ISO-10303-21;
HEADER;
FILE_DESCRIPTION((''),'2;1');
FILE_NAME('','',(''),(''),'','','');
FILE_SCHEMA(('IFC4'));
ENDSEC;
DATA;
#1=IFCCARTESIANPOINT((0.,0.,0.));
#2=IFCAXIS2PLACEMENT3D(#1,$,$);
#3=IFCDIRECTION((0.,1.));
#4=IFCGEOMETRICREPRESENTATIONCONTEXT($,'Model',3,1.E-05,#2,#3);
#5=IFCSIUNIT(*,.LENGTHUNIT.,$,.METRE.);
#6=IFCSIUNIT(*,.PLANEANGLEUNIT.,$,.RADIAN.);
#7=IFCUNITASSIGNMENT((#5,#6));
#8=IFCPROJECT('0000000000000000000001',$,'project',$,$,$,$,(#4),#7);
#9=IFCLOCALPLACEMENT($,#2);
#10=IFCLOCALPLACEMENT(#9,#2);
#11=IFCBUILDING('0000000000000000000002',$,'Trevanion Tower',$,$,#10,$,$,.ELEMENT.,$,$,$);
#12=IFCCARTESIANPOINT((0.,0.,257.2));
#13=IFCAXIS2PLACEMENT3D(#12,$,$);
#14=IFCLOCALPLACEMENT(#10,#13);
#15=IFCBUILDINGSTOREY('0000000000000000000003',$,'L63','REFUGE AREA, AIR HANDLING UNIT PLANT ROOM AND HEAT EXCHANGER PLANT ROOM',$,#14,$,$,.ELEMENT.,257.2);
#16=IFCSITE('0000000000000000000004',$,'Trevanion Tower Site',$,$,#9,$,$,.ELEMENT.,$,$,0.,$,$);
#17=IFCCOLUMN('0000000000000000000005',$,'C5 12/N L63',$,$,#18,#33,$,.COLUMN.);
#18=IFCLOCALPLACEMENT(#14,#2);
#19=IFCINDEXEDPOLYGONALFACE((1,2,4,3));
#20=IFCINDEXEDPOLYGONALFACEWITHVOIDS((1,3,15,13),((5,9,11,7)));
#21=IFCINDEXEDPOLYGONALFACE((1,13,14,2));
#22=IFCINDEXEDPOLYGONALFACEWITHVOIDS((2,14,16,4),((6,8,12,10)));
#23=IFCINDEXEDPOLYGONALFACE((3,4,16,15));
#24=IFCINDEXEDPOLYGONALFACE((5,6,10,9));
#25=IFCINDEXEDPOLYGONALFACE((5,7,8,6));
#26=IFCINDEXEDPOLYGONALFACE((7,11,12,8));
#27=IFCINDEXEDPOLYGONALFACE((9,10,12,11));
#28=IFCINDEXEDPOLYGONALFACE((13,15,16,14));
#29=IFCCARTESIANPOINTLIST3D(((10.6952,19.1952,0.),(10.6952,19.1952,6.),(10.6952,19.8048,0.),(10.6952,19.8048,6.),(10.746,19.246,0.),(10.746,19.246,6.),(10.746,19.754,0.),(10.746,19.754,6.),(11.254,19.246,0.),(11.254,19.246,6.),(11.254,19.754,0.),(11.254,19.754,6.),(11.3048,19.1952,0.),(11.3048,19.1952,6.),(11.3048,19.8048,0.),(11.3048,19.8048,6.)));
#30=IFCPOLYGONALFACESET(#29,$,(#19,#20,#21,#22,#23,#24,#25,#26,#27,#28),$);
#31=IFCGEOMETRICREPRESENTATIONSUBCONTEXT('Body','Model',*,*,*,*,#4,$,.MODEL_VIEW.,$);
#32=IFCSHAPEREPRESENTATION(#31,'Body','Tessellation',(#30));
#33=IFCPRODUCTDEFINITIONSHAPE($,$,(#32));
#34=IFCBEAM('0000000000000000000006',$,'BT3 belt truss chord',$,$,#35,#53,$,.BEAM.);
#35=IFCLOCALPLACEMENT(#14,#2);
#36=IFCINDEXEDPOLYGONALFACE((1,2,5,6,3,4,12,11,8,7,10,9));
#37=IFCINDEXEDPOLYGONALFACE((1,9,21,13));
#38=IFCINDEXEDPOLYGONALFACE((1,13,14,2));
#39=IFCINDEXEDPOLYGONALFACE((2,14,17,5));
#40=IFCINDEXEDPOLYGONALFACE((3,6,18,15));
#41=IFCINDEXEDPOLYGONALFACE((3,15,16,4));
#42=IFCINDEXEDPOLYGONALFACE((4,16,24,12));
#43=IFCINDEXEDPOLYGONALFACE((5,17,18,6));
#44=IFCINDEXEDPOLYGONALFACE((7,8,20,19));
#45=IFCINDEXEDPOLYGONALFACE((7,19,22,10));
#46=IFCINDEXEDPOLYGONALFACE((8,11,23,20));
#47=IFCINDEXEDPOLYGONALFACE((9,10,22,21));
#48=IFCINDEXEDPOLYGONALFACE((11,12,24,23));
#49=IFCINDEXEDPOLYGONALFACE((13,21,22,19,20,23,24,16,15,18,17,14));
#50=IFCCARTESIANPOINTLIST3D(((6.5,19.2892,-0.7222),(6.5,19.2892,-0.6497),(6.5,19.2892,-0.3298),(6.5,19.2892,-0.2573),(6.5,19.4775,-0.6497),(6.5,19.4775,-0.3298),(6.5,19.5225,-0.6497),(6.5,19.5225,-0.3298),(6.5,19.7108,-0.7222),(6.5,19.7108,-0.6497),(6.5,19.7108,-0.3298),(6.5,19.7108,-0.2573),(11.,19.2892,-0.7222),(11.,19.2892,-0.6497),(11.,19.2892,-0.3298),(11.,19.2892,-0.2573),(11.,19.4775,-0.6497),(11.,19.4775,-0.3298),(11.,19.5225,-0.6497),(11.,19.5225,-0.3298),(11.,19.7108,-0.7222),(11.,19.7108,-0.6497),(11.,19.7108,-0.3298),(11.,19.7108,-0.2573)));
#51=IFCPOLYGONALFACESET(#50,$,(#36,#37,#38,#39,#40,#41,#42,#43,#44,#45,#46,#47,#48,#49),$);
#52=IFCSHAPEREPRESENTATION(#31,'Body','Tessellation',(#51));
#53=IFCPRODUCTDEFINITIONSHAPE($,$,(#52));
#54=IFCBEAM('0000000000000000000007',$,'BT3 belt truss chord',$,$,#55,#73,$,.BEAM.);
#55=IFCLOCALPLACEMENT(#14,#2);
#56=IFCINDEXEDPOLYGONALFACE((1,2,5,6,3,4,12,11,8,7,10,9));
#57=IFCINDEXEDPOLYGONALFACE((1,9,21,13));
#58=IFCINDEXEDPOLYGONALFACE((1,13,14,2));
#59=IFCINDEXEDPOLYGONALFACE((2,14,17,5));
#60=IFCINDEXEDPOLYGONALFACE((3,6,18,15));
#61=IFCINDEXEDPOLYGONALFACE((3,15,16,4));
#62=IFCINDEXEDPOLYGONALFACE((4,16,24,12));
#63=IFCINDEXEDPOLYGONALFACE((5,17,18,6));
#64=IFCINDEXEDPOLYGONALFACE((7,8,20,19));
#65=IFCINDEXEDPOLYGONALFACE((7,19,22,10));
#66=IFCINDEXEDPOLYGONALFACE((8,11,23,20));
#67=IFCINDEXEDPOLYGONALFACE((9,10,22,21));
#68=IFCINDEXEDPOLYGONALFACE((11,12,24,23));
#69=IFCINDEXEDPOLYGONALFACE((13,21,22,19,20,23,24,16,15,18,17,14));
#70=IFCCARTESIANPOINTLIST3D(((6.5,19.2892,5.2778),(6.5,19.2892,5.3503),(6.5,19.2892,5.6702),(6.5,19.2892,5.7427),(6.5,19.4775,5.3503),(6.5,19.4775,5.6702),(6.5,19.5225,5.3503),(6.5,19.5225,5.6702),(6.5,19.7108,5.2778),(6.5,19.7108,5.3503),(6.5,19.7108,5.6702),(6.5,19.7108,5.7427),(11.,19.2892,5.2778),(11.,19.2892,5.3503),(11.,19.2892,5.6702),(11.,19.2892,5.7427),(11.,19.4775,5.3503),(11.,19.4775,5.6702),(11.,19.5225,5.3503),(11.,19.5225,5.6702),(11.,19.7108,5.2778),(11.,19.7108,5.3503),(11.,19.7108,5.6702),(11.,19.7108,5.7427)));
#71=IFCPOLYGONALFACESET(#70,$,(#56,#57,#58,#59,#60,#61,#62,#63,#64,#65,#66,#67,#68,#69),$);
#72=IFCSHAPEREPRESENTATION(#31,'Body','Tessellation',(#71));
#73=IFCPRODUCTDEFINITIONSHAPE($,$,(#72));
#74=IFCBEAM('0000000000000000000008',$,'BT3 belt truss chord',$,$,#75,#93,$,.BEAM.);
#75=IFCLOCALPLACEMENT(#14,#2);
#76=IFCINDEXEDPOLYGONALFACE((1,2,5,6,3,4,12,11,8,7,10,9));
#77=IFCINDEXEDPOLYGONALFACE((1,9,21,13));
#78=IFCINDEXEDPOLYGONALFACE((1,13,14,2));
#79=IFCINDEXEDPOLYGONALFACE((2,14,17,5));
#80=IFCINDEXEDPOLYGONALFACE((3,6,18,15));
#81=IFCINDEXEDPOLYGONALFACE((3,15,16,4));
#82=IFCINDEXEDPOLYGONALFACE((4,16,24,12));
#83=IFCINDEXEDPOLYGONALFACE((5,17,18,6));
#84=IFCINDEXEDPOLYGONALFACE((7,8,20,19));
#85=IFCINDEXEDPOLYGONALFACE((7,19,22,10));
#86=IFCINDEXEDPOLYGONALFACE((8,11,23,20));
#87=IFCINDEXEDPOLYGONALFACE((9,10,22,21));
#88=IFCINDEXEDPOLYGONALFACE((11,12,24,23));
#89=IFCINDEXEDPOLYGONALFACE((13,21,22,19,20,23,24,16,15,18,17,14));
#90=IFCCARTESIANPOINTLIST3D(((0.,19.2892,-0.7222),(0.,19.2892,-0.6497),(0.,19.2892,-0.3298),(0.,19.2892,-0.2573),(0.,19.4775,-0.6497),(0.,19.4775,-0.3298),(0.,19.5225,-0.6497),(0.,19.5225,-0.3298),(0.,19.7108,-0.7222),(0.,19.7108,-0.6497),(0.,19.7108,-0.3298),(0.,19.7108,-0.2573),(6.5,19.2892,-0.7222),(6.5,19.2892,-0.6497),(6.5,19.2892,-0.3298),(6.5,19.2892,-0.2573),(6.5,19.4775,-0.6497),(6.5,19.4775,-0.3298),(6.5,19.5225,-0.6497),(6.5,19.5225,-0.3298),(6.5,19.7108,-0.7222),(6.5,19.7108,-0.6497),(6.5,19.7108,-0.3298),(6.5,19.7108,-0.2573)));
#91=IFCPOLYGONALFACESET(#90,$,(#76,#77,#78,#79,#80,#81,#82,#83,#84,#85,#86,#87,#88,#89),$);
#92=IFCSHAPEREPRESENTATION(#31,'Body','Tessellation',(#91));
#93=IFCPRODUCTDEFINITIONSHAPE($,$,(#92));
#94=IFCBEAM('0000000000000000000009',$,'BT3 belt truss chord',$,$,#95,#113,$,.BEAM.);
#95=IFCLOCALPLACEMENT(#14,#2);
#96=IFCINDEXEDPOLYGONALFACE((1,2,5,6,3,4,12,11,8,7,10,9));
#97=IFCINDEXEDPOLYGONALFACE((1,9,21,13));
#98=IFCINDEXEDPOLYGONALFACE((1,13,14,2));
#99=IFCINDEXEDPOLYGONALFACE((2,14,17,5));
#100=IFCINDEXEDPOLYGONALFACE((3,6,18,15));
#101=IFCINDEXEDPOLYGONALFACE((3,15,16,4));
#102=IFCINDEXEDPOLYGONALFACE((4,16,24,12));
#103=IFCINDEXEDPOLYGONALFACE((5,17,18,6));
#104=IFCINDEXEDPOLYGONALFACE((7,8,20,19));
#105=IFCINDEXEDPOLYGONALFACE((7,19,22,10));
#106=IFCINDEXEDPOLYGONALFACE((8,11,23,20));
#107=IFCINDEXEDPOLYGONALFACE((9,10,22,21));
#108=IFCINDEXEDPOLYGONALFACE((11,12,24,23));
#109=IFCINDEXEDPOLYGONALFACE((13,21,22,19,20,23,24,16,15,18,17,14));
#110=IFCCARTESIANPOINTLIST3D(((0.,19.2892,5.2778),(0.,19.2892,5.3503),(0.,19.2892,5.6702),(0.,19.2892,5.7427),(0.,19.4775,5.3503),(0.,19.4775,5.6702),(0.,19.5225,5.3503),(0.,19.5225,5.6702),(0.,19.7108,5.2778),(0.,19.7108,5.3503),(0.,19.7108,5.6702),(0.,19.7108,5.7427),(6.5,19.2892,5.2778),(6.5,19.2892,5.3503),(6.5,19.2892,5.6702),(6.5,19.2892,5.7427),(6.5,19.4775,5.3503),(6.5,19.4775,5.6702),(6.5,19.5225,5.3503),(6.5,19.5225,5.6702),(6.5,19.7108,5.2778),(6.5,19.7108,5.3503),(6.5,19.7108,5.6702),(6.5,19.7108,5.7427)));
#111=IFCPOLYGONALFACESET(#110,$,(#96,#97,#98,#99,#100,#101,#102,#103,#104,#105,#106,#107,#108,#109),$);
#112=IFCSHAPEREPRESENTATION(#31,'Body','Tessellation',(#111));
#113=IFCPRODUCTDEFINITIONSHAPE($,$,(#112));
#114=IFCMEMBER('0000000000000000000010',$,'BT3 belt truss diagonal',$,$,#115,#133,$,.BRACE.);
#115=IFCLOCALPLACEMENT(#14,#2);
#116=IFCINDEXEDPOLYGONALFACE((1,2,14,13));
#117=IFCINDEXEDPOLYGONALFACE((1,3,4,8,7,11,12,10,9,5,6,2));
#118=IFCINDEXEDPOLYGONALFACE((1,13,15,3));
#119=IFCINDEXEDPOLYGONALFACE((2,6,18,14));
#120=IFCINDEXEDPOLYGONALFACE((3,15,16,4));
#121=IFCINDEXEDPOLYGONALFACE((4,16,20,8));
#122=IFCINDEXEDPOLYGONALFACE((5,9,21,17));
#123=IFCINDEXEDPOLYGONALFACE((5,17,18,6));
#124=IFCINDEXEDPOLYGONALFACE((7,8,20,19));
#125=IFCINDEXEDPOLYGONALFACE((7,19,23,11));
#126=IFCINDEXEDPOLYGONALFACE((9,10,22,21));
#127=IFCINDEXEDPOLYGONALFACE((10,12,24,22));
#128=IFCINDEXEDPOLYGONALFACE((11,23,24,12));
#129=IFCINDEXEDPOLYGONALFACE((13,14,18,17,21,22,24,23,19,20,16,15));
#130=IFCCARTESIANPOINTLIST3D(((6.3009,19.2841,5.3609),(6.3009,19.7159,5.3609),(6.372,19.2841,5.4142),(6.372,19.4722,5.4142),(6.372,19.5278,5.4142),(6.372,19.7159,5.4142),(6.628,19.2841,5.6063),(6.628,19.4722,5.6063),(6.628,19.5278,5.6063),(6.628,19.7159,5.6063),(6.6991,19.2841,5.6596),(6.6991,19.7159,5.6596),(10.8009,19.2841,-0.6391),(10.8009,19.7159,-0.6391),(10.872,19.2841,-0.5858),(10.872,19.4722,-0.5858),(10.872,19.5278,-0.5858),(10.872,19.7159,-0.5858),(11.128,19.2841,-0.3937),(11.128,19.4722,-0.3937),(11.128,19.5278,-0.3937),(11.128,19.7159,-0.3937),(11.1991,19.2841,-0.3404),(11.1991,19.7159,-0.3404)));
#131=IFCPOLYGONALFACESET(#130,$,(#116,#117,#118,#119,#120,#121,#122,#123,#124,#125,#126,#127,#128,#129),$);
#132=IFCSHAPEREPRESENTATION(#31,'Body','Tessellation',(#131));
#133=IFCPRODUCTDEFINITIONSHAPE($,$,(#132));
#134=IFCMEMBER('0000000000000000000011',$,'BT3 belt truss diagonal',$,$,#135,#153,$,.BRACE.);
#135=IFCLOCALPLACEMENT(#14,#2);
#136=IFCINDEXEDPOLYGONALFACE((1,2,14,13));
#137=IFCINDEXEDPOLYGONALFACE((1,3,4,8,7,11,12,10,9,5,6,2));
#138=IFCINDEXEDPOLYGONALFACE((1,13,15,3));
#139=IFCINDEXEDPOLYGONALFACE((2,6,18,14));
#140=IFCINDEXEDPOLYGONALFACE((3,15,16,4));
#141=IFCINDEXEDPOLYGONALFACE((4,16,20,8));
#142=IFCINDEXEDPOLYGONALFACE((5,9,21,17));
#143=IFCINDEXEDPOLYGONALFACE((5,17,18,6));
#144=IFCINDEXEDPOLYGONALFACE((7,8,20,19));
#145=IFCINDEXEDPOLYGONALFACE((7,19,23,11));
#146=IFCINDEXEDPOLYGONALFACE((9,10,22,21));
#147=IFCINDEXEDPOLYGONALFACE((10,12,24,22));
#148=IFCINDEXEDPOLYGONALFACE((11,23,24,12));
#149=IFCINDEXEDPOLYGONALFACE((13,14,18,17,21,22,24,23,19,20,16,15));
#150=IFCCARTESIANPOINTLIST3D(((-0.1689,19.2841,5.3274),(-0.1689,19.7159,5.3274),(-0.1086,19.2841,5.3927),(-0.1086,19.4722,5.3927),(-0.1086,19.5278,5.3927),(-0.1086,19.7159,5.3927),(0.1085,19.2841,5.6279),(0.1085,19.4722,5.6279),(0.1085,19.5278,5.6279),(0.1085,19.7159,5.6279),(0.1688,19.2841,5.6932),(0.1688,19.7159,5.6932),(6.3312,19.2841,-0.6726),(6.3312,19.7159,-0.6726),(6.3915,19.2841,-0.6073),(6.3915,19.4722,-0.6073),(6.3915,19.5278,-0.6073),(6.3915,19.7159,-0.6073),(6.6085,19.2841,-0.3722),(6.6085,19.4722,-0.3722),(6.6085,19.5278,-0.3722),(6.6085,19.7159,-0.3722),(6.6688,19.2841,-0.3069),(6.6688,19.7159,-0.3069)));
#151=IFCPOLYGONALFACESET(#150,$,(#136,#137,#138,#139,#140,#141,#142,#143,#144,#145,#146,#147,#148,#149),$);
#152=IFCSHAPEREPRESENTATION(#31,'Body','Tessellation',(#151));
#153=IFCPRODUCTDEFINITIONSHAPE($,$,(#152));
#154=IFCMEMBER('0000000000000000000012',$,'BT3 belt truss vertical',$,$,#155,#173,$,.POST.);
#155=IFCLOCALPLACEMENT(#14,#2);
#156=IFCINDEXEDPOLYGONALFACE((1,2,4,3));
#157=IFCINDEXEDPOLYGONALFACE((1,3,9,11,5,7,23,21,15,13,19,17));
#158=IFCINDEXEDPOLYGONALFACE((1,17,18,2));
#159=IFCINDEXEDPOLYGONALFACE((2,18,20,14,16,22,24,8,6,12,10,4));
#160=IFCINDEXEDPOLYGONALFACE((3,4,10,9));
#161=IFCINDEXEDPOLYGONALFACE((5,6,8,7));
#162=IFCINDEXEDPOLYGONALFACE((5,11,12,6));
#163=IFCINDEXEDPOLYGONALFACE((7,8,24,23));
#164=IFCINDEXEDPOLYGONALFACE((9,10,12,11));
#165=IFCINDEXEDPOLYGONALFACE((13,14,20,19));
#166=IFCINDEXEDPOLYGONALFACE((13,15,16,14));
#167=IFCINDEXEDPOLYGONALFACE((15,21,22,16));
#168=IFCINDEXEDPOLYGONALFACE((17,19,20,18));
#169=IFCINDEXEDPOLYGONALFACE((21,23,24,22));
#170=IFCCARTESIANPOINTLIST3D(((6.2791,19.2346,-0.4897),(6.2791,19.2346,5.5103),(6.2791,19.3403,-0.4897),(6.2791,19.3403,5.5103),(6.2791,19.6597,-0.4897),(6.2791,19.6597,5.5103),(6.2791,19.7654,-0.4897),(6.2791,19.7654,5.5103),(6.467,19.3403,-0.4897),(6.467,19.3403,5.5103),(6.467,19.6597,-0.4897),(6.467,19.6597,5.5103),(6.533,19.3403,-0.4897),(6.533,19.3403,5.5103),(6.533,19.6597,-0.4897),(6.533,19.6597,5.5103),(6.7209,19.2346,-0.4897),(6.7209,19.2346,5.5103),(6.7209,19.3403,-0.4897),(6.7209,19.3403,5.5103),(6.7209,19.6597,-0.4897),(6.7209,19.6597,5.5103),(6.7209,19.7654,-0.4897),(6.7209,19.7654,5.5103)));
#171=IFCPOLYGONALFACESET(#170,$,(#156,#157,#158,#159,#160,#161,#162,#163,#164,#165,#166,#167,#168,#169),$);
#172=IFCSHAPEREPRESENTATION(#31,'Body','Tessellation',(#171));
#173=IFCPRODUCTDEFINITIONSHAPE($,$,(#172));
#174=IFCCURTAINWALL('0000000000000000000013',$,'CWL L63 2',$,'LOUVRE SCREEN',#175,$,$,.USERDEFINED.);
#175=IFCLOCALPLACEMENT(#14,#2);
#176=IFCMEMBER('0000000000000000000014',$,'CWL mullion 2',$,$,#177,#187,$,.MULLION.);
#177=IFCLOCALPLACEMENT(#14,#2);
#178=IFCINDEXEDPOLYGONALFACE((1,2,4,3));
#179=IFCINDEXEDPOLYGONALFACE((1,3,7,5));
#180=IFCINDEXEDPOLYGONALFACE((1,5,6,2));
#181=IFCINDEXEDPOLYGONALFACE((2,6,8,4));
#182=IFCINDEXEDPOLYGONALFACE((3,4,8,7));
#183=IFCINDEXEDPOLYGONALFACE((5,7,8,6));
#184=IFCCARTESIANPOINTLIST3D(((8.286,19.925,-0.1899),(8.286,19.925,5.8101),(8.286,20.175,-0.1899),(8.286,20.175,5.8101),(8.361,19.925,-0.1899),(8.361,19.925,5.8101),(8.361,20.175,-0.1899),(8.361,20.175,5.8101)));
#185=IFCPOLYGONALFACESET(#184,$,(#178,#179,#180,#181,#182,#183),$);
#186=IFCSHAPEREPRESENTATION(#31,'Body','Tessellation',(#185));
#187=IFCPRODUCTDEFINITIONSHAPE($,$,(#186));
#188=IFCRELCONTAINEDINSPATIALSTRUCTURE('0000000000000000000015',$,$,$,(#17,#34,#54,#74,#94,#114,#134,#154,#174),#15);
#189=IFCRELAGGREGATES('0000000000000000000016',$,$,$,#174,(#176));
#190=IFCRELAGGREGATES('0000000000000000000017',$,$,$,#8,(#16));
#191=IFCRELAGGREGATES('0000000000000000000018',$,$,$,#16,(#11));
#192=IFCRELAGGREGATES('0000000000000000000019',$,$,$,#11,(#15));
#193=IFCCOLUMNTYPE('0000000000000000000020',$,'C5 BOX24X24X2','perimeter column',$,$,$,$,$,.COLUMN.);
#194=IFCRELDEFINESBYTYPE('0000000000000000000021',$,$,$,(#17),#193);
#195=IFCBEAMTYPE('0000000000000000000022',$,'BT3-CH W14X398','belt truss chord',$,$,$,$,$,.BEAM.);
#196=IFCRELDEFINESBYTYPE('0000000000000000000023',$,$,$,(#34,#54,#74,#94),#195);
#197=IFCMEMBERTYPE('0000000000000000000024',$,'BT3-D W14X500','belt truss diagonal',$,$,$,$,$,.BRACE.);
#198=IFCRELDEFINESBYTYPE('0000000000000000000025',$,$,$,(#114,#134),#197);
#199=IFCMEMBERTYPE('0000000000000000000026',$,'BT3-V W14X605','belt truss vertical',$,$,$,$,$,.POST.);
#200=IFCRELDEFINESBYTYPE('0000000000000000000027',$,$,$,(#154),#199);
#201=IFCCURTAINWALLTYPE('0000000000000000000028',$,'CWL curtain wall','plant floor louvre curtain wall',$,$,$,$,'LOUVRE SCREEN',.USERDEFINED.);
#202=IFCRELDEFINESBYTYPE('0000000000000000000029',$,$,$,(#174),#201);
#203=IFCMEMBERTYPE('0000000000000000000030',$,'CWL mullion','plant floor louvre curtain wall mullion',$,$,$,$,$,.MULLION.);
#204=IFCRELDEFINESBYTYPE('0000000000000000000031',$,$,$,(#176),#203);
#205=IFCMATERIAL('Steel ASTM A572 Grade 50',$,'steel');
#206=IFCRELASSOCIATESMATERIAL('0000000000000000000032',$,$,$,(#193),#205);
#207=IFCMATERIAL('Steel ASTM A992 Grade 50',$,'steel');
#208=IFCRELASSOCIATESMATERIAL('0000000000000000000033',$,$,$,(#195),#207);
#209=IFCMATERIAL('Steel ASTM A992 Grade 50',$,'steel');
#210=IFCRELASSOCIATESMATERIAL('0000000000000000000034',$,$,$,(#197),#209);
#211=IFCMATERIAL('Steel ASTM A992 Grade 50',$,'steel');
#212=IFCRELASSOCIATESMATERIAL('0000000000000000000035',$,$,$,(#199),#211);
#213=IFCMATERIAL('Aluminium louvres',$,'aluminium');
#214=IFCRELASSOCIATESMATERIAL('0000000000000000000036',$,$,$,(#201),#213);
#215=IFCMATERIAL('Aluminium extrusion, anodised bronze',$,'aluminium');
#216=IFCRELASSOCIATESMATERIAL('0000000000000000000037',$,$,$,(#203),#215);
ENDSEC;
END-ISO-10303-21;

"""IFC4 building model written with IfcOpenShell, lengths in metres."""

from ifc_helpers import new_model, si_unit, direction, frame, origin, origin_2d, place, context, subcontext, project, spatial, rectangle, hollow_rectangle, i_section, extrude, material, material_profile, profile_set, type_object, element, aggregate, save


model = new_model("IFC4")

# Units and contexts
model_context = context("Model", 3, precision=1e-05, world=origin(), true_north=direction((0.0, 1.0)))
body_context = subcontext(model_context, "Body", "Model", "MODEL_VIEW")
ifc_project = project(units=[si_unit("LENGTHUNIT", "METRE"), si_unit("PLANEANGLEUNIT", "RADIAN")], contexts=[model_context])

# Site, building, storey
site_placement = place(None, origin())
site = spatial("IfcSite", under=ifc_project, at=site_placement, Name="Trevanion Tower Site", CompositionType="ELEMENT", RefElevation=0.0)
building_placement = place(site_placement, origin())
building = spatial("IfcBuilding", under=site, at=building_placement, Name="Trevanion Tower", CompositionType="ELEMENT")
storey_placement = place(building_placement, frame((0.0, 0.0, 257.2)))
storey = spatial("IfcBuildingStorey", under=building, at=storey_placement, Name="L63", Description="REFUGE AREA, AIR HANDLING UNIT PLANT ROOM AND HEAT EXCHANGER PLANT ROOM", CompositionType="ELEMENT", Elevation=257.2)

# Column
ifc_material_1 = material(Name="Steel ASTM A572 Grade 50", Category="steel")
ifc_material_profile_1 = material_profile(ifc_material_1, hollow_rectangle(XDim=0.6096, YDim=0.6096, WallThickness=0.0508, at=origin_2d()), Name="BOX24X24X2")
ifc_profile_set_1 = profile_set([ifc_material_profile_1], Name="Steel ASTM A572 Grade 50")
column_type = type_object("IfcColumnType", Name="C5 BOX24X24X2", Description="perimeter column", PredefinedType="COLUMN", material=ifc_profile_set_1)
column_placement = place(storey_placement, frame((11.0, 19.5, 0.0), z_axis=(0.0, 0.0, 1.0), x_axis=(1.0, 0.0, 0.0)))
element("IfcColumn", 1, at=column_placement, inside=storey, type_object=column_type, Name="C5 12/N L63", PredefinedType="COLUMN", context=body_context, shape_type="SweptSolid", body=[
    extrude(hollow_rectangle(XDim=0.6096, YDim=0.6096, WallThickness=0.0508, at=origin_2d()), origin(), (0.0, 0.0, 1.0), 6.0),
])

# Beams
ifc_material_2 = material(Name="Steel ASTM A992 Grade 50", Category="steel")
ifc_material_profile_2 = material_profile(ifc_material_2, i_section(OverallWidth=0.4216, OverallDepth=0.4648, WebThickness=0.0449, FlangeThickness=0.0725, at=origin_2d()), Name="W14X398")
ifc_profile_set_2 = profile_set([ifc_material_profile_2], Name="Steel ASTM A992 Grade 50")
beam_type_1 = type_object("IfcBeamType", Name="BT3-CH W14X398", Description="belt truss chord", PredefinedType="BEAM", material=ifc_profile_set_2)
for number, where, z_axis, x_axis, name in (
    (2, (11.0, 19.5, -0.4897), (-1.0, 0.0, 0.0), (0.0, -1.0, 0.0), "BT3 belt truss chord"),
    (3, (11.0, 19.5, 5.5103), (-1.0, 0.0, 0.0), (0.0, -1.0, 0.0), "BT3 belt truss chord"),
):
    element("IfcBeam", number, at=place(storey_placement, frame(where, z_axis=z_axis, x_axis=x_axis)), inside=storey, type_object=beam_type_1, Name=name, PredefinedType="BEAM", context=body_context, shape_type="SweptSolid", body=[
        extrude(i_section(OverallWidth=0.4216, OverallDepth=0.4648, WebThickness=0.0449, FlangeThickness=0.0725, at=origin_2d()), origin(), (0.0, 0.0, 1.0), 4.5),
    ])
for number, where, z_axis, x_axis, name in (
    (4, (6.5, 19.5, -0.4897), (-1.0, 0.0, 0.0), (0.0, -1.0, 0.0), "BT3 belt truss chord"),
    (5, (6.5, 19.5, 5.5103), (-1.0, 0.0, 0.0), (0.0, -1.0, 0.0), "BT3 belt truss chord"),
):
    element("IfcBeam", number, at=place(storey_placement, frame(where, z_axis=z_axis, x_axis=x_axis)), inside=storey, type_object=beam_type_1, Name=name, PredefinedType="BEAM", context=body_context, shape_type="SweptSolid", body=[
        extrude(i_section(OverallWidth=0.4216, OverallDepth=0.4648, WebThickness=0.0449, FlangeThickness=0.0725, at=origin_2d()), origin(), (0.0, 0.0, 1.0), 6.5),
    ])

# Members
ifc_material_3 = material(Name="Steel ASTM A992 Grade 50", Category="steel")
ifc_material_profile_3 = material_profile(ifc_material_3, i_section(OverallWidth=0.4319, OverallDepth=0.4978, WebThickness=0.0557, FlangeThickness=0.0889, at=origin_2d()), Name="W14X500")
ifc_profile_set_3 = profile_set([ifc_material_profile_3], Name="Steel ASTM A992 Grade 50")
member_type_1 = type_object("IfcMemberType", Name="BT3-D W14X500", Description="belt truss diagonal", PredefinedType="BRACE", material=ifc_profile_set_3)
member_1_placement = place(storey_placement, frame((11.0, 19.5, -0.4897), z_axis=(-0.6, 0.0, 0.8), x_axis=(0.0, -1.0, 0.0)))
element("IfcMember", 6, at=member_1_placement, inside=storey, type_object=member_type_1, Name="BT3 belt truss diagonal", PredefinedType="BRACE", context=body_context, shape_type="SweptSolid", body=[
    extrude(i_section(OverallWidth=0.4319, OverallDepth=0.4978, WebThickness=0.0557, FlangeThickness=0.0889, at=origin_2d()), origin(), (0.0, 0.0, 1.0), 7.5),
])
member_2_placement = place(storey_placement, frame((6.5, 19.5, -0.4897), z_axis=(-0.734803, 0.0, 0.67828), x_axis=(0.0, -1.0, 0.0)))
element("IfcMember", 7, at=member_2_placement, inside=storey, type_object=member_type_1, Name="BT3 belt truss diagonal", PredefinedType="BRACE", context=body_context, shape_type="SweptSolid", body=[
    extrude(i_section(OverallWidth=0.4319, OverallDepth=0.4978, WebThickness=0.0557, FlangeThickness=0.0889, at=origin_2d()), origin(), (0.0, 0.0, 1.0), 8.8459),
])
ifc_material_4 = material(Name="Steel ASTM A992 Grade 50", Category="steel")
ifc_material_profile_4 = material_profile(ifc_material_4, i_section(OverallWidth=0.4419, OverallDepth=0.5308, WebThickness=0.0659, FlangeThickness=0.1057, at=origin_2d()), Name="W14X605")
ifc_profile_set_4 = profile_set([ifc_material_profile_4], Name="Steel ASTM A992 Grade 50")
member_type_2 = type_object("IfcMemberType", Name="BT3-V W14X605", Description="belt truss vertical", PredefinedType="POST", material=ifc_profile_set_4)
member_3_placement = place(storey_placement, frame((6.5, 19.5, -0.4897), z_axis=(0.0, 0.0, 1.0), x_axis=(1.0, 0.0, 0.0)))
element("IfcMember", 8, at=member_3_placement, inside=storey, type_object=member_type_2, Name="BT3 belt truss vertical", PredefinedType="POST", context=body_context, shape_type="SweptSolid", body=[
    extrude(i_section(OverallWidth=0.4419, OverallDepth=0.5308, WebThickness=0.0659, FlangeThickness=0.1057, at=origin_2d()), origin(), (0.0, 0.0, 1.0), 6.0),
])

# Curtain wall, member
ifc_material_5 = material(Name="Aluminium louvres", Category="aluminium")
curtain_wall_type = type_object("IfcCurtainWallType", Name="CWL curtain wall", Description="plant floor louvre curtain wall", ElementType="LOUVRE SCREEN", PredefinedType="USERDEFINED", material=ifc_material_5)
curtain_wall_1_placement = place(storey_placement, origin())
curtain_wall_1 = element("IfcCurtainWall", 9, at=curtain_wall_1_placement, inside=storey, type_object=curtain_wall_type, Name="CWL L63 2", ObjectType="LOUVRE SCREEN", PredefinedType="USERDEFINED")
ifc_material_6 = material(Name="Aluminium extrusion, anodised bronze", Category="aluminium")
ifc_material_profile_5 = material_profile(ifc_material_6, rectangle(XDim=0.075, YDim=0.25, at=origin_2d()), Name="CWL mullion")
ifc_profile_set_5 = profile_set([ifc_material_profile_5], Name="Aluminium extrusion, anodised bronze")
member_type_3 = type_object("IfcMemberType", Name="CWL mullion", Description="plant floor louvre curtain wall mullion", PredefinedType="MULLION", material=ifc_profile_set_5)
member_4_placement = place(storey_placement, frame((8.3235, 20.05, -0.1899), z_axis=(0.0, 0.0, 1.0), x_axis=(-1.0, 0.0, 0.0)))
member_4 = element("IfcMember", 10, at=member_4_placement, type_object=member_type_3, Name="CWL mullion 2", PredefinedType="MULLION", context=body_context, shape_type="SweptSolid", body=[
    extrude(rectangle(XDim=0.075, YDim=0.25, at=origin_2d()), origin(), (0.0, 0.0, 1.0), 6.0),
])

aggregate(curtain_wall_1, [member_4])

save(model, "model.ifc")
